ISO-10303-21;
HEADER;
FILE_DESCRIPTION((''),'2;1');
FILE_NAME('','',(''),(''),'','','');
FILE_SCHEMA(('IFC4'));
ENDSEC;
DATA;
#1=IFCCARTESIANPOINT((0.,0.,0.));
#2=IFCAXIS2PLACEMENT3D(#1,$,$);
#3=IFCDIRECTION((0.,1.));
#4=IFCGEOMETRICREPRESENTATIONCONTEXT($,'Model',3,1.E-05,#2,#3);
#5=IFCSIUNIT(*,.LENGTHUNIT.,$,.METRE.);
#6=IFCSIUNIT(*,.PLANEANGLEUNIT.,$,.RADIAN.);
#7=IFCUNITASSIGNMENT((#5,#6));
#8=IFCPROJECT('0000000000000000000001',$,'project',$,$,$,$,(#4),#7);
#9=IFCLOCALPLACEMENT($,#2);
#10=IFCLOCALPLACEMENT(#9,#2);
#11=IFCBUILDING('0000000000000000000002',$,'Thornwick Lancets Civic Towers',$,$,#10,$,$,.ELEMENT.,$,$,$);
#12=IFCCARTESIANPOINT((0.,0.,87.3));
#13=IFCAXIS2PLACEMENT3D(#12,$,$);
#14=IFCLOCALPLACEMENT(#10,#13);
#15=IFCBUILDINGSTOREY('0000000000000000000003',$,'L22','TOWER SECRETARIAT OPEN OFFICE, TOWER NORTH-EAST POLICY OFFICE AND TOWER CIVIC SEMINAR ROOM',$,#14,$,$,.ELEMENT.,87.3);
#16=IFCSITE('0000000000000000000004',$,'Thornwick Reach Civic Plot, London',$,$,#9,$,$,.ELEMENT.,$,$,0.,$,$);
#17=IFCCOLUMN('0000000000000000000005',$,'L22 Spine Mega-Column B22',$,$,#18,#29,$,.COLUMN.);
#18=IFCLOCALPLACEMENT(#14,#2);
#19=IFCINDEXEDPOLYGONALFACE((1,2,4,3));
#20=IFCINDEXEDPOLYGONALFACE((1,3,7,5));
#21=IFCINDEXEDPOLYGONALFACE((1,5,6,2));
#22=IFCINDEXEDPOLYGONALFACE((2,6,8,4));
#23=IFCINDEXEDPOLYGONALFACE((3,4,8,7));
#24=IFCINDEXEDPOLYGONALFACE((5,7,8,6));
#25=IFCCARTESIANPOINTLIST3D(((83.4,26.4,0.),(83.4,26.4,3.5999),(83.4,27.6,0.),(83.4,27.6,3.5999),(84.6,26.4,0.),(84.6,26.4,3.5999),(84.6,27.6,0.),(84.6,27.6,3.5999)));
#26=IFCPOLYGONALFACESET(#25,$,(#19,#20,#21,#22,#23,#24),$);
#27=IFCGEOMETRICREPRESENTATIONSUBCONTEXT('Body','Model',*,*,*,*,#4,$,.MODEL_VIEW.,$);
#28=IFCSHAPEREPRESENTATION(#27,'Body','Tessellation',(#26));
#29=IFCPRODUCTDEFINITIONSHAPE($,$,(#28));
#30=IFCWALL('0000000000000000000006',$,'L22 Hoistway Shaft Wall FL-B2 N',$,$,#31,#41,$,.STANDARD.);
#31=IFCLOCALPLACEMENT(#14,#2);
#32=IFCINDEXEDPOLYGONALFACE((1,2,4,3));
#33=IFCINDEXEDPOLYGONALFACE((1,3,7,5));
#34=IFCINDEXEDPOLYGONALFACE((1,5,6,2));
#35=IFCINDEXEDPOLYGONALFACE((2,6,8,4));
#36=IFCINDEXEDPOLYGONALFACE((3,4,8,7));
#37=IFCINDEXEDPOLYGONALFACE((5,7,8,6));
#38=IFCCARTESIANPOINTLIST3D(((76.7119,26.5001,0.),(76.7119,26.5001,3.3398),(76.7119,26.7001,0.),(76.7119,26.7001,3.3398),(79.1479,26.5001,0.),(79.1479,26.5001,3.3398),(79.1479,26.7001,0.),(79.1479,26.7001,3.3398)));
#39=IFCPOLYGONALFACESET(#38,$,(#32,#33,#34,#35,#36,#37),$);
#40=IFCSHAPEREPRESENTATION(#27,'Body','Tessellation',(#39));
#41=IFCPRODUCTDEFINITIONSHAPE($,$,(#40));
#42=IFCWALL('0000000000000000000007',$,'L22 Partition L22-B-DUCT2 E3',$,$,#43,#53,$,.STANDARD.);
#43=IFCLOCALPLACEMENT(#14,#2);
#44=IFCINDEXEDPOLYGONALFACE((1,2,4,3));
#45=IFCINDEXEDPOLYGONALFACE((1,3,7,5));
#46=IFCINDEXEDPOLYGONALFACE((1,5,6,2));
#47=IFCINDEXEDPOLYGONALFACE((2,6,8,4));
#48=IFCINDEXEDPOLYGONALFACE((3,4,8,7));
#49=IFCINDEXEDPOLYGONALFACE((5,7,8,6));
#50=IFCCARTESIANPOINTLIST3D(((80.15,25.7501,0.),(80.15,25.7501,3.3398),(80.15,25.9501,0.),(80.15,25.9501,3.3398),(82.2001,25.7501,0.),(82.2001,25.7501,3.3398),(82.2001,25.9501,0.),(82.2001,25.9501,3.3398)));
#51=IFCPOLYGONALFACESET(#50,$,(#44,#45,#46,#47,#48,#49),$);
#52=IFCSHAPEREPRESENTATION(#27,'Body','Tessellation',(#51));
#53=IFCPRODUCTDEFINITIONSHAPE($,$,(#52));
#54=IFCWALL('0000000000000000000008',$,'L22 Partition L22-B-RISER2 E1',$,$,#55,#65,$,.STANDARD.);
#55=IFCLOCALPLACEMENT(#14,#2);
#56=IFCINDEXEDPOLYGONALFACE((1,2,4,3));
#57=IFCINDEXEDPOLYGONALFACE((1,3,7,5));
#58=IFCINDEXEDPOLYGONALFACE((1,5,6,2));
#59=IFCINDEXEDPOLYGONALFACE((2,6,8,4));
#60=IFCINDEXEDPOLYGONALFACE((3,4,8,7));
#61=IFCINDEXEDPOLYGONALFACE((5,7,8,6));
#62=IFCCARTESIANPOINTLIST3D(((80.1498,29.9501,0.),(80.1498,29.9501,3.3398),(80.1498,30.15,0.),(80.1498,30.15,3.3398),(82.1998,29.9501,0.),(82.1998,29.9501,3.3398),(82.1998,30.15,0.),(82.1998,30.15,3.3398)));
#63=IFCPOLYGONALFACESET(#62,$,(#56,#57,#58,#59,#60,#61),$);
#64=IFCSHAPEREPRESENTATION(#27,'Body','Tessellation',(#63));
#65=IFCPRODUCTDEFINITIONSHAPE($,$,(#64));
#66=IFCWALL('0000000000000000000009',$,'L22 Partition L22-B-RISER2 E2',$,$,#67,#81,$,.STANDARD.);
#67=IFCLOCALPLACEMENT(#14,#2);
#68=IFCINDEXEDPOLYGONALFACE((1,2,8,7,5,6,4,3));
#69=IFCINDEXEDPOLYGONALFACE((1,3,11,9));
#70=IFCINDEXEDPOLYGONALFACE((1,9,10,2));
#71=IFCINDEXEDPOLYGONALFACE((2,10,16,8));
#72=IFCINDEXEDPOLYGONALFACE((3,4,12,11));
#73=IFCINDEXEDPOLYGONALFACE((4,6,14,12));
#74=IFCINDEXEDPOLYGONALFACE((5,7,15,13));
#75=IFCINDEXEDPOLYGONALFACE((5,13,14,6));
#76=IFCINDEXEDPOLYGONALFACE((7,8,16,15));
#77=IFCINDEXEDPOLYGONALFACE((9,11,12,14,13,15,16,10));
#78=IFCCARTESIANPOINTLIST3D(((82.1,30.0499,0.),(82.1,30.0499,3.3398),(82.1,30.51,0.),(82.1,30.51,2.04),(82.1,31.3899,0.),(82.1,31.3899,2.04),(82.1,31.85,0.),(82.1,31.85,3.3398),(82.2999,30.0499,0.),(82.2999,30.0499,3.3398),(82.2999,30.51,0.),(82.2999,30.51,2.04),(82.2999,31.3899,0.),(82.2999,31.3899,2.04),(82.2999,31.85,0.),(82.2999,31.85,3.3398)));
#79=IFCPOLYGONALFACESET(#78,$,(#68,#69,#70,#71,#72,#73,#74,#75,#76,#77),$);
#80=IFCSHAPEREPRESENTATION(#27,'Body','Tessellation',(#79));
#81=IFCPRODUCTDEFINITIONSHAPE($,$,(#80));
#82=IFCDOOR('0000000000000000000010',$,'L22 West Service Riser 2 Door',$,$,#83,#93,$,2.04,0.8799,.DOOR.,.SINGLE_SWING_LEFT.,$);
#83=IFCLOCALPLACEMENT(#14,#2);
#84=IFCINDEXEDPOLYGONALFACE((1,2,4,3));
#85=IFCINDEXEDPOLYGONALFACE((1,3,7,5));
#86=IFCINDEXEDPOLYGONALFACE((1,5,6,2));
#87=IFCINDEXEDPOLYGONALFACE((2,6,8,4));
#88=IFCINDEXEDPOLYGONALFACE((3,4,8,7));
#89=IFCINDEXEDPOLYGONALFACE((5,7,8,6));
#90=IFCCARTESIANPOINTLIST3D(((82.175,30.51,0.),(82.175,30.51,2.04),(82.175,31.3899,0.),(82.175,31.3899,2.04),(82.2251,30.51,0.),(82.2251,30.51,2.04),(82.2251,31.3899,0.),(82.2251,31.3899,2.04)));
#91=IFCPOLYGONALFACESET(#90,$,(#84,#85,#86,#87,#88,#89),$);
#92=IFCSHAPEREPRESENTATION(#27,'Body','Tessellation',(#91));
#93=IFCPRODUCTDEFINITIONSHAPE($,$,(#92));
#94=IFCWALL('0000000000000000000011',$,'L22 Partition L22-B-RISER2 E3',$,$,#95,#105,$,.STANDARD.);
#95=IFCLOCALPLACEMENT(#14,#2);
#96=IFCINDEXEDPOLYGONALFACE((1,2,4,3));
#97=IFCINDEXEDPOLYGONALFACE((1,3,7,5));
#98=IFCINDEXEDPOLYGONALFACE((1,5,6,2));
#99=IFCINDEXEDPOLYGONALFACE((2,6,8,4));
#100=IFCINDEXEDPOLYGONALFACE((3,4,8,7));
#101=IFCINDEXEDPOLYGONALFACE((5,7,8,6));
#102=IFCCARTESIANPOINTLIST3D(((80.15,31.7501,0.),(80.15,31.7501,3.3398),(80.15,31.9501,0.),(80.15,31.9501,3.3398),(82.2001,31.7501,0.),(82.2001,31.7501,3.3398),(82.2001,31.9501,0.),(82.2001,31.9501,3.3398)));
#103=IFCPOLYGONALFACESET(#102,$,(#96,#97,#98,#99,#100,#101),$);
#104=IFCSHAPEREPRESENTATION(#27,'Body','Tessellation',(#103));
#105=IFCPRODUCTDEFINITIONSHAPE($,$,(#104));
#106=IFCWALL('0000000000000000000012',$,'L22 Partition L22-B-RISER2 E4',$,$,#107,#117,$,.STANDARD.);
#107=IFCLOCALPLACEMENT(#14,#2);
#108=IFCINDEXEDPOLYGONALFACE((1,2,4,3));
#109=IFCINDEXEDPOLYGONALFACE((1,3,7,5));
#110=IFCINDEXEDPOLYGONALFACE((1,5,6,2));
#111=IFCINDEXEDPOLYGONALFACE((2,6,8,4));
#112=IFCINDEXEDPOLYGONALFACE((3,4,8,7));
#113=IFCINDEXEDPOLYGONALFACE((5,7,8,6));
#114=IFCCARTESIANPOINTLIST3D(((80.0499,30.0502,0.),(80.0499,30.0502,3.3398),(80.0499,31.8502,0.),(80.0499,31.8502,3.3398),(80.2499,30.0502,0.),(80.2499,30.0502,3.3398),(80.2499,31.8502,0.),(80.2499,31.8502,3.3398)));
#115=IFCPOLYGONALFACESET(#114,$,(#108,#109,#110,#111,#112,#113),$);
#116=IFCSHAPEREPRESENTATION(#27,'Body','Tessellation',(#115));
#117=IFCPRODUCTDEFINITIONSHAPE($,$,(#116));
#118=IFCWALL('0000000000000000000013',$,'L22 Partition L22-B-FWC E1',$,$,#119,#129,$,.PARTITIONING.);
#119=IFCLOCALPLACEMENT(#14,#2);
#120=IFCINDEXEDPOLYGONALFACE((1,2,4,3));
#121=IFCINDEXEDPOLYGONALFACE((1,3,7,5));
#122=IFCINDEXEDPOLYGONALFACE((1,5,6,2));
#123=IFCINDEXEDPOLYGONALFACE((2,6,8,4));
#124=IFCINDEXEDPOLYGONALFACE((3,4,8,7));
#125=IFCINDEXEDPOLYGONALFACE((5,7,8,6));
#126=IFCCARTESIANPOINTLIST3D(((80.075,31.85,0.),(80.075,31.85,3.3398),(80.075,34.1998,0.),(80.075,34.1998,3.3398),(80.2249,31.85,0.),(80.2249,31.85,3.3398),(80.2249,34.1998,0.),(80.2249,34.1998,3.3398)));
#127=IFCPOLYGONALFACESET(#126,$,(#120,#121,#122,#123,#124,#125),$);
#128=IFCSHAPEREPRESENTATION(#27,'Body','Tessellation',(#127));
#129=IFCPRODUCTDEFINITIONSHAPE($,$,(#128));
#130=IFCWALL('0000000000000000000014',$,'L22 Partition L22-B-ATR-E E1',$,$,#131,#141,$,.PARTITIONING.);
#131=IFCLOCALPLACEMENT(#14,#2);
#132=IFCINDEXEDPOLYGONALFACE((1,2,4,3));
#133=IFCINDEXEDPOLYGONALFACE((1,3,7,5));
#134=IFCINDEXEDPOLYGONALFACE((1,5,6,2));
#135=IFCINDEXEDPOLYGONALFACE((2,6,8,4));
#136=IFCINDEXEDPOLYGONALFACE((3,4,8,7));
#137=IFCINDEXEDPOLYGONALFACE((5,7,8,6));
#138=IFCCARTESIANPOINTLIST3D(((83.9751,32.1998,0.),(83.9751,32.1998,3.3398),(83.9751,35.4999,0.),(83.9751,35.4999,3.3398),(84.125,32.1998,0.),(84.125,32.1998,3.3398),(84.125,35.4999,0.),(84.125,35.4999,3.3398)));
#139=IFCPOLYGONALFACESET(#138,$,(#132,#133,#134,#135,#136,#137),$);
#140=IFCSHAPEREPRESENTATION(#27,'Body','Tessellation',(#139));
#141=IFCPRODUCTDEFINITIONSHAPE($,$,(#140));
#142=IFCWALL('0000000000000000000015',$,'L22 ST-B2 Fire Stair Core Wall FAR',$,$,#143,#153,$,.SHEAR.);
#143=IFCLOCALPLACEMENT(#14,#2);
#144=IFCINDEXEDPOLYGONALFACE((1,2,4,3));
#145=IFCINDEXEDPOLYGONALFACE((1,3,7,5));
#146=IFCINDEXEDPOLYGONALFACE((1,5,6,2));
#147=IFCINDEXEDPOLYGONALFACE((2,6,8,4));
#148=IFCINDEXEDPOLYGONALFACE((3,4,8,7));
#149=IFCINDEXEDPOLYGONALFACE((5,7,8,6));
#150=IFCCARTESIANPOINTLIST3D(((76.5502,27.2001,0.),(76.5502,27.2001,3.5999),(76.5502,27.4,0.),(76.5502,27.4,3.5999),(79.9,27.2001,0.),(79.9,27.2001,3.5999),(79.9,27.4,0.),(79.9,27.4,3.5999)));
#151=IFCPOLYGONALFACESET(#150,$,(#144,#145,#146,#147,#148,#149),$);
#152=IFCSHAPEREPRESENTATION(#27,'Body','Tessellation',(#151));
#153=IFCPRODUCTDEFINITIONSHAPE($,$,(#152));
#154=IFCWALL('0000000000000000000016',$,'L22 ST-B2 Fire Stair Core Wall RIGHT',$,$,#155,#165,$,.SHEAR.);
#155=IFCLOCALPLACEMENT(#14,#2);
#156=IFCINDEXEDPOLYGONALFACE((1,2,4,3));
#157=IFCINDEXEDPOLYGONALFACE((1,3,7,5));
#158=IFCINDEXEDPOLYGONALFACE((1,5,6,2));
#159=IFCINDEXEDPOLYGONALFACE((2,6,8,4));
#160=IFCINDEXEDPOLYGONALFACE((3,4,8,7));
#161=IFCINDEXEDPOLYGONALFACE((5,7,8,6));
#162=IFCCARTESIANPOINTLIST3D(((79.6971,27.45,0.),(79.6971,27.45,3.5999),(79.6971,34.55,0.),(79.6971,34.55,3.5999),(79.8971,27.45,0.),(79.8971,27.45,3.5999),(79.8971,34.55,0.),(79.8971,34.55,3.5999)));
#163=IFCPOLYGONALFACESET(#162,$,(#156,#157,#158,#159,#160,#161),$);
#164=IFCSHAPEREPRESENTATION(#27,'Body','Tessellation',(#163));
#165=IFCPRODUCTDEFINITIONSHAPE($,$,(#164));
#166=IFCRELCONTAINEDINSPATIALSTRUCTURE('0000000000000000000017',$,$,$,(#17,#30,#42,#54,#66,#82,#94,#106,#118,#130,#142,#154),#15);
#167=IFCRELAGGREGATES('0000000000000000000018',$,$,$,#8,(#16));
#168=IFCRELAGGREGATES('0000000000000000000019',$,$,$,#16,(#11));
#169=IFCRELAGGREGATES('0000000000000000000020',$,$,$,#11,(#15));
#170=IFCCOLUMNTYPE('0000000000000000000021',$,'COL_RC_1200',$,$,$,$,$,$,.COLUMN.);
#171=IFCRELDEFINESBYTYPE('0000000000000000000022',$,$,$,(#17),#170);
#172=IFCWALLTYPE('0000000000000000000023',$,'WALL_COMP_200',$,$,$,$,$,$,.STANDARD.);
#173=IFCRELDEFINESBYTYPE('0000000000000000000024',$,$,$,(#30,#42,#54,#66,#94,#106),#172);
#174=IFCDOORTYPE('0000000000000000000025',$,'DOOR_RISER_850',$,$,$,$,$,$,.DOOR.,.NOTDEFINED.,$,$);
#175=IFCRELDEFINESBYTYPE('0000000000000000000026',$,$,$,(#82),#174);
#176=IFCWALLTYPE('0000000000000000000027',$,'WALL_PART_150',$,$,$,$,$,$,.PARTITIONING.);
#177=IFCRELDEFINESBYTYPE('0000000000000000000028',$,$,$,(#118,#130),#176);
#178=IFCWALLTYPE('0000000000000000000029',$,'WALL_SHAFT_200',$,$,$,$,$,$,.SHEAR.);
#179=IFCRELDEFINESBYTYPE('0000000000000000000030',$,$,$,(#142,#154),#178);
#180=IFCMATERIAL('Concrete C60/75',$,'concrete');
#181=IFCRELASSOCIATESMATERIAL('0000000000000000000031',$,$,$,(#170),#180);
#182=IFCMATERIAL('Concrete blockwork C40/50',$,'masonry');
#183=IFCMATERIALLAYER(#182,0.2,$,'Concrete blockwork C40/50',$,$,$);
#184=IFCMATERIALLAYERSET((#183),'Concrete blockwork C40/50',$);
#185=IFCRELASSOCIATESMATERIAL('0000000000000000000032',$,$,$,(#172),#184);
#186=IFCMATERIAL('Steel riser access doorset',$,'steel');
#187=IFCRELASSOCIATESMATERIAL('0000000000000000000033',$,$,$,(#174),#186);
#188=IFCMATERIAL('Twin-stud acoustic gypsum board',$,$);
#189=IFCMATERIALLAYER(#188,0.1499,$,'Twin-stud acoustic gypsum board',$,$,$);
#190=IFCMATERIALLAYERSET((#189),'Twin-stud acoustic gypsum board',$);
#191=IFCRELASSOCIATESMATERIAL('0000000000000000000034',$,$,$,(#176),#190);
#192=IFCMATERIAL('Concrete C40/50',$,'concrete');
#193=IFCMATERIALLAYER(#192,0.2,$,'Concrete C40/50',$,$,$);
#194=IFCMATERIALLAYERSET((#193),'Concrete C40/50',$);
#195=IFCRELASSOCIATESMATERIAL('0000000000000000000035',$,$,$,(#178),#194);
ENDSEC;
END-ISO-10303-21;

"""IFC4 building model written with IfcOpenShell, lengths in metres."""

from ifc_helpers import new_model, si_unit, direction, frame, frame_2d, origin, origin_2d, place, context, subcontext, project, spatial, rectangle, extrude, material, layer, layer_set, material_profile, profile_set, type_object, element, fill, save


model = new_model("IFC4")

# Units and contexts
model_context = context("Model", 3, precision=1e-05, world=origin(), true_north=direction((0.0, 1.0)))
body_context = subcontext(model_context, "Body", "Model", "MODEL_VIEW")
ifc_project = project(units=[si_unit("LENGTHUNIT", "METRE"), si_unit("PLANEANGLEUNIT", "RADIAN")], contexts=[model_context])

# Site, building, storey
site_placement = place(None, origin())
site = spatial("IfcSite", under=ifc_project, at=site_placement, Name="Thornwick Reach Civic Plot, London", CompositionType="ELEMENT", RefElevation=0.0)
building_placement = place(site_placement, origin())
building = spatial("IfcBuilding", under=site, at=building_placement, Name="Thornwick Lancets Civic Towers", CompositionType="ELEMENT")
storey_placement = place(building_placement, frame((0.0, 0.0, 87.3)))
storey = spatial("IfcBuildingStorey", under=building, at=storey_placement, Name="L22", Description="TOWER SECRETARIAT OPEN OFFICE, TOWER NORTH-EAST POLICY OFFICE AND TOWER CIVIC SEMINAR ROOM", CompositionType="ELEMENT", Elevation=87.3)

# Column
ifc_material_1 = material(Name="Concrete C60/75", Category="concrete")
ifc_material_profile = material_profile(ifc_material_1, rectangle(XDim=1.2, YDim=1.2, at=origin_2d()), Name="RC 1200x1200")
ifc_profile_set = profile_set([ifc_material_profile], Name="Concrete C60/75")
column_type = type_object("IfcColumnType", Name="COL_RC_1200", PredefinedType="COLUMN", material=ifc_profile_set)
column_placement = place(storey_placement, frame((84.0, 27.0, 0.0), z_axis=(0.0, 0.0, 1.0), x_axis=(1.0, 0.0, 0.0)))
element("IfcColumn", 1, at=column_placement, inside=storey, type_object=column_type, Name="L22 Spine Mega-Column B22", PredefinedType="COLUMN", context=body_context, shape_type="SweptSolid", body=[
    extrude(rectangle(XDim=1.2, YDim=1.2, at=origin_2d()), origin(), (0.0, 0.0, 1.0), 3.5999),
])

# Walls
ifc_material_2 = material(Name="Concrete blockwork C40/50", Category="masonry")
ifc_layer_1 = layer(ifc_material_2, 0.2, Name="Concrete blockwork C40/50")
ifc_layer_set_1 = layer_set([ifc_layer_1], Name="Concrete blockwork C40/50")
wall_type_1 = type_object("IfcWallType", Name="WALL_COMP_200", PredefinedType="STANDARD", material=ifc_layer_set_1)
wall_1_placement = place(storey_placement, frame((76.7119, 26.6001, 0.0), z_axis=(0.0, 0.0, 1.0), x_axis=(1.0, 0.0, 0.0)))
element("IfcWall", 2, at=wall_1_placement, inside=storey, type_object=wall_type_1, Name="L22 Hoistway Shaft Wall FL-B2 N", PredefinedType="STANDARD", context=body_context, shape_type="SweptSolid", body=[
    extrude(rectangle(XDim=2.436, YDim=0.2, at=frame_2d((1.218, 0.0))), origin(), (0.0, 0.0, 1.0), 3.3398),
])
for number, where, z_axis, x_axis, name in (
    (3, (82.2, 25.8501, 0.0), (0.0, 0.0, 1.0), (-1.0, 0.0, 0.0), "L22 Partition L22-B-DUCT2 E3"),
    (4, (80.1499, 30.05, 0.0), (0.0, 0.0, 1.0), (1.0, 0.0, 0.0), "L22 Partition L22-B-RISER2 E1"),
):
    element("IfcWall", number, at=place(storey_placement, frame(where, z_axis=z_axis, x_axis=x_axis)), inside=storey, type_object=wall_type_1, Name=name, PredefinedType="STANDARD", context=body_context, shape_type="SweptSolid", body=[
        extrude(rectangle(XDim=2.05, YDim=0.2, at=frame_2d((1.0249, 0.0))), origin(), (0.0, 0.0, 1.0), 3.3398),
    ])

# Wall, opening, door
wall_2_placement = place(storey_placement, frame((82.2, 30.05, 0.0), z_axis=(0.0, 0.0, 1.0), x_axis=(0.0, 1.0, 0.0)))
wall_2 = element("IfcWall", 5, at=wall_2_placement, inside=storey, type_object=wall_type_1, Name="L22 Partition L22-B-RISER2 E2", PredefinedType="STANDARD", context=body_context, shape_type="SweptSolid", body=[
    extrude(rectangle(XDim=1.8, YDim=0.2, at=frame_2d((0.8999, 0.0))), origin(), (0.0, 0.0, 1.0), 3.3398),
])
opening_placement = place(wall_2_placement, frame((0.46, 0.0, 0.0)))
opening = element("IfcOpeningElement", 6, at=opening_placement, cuts=wall_2, PredefinedType="OPENING", context=body_context, shape_type="SweptSolid", body=[
    extrude(rectangle(XDim=0.8799, YDim=2.04, at=frame_2d((0.4399, 1.02))), frame((0.0, 0.1099, 0.0), z_axis=(0.0, -1.0, 0.0), x_axis=(1.0, 0.0, 0.0)), (0.0, 0.0, 1.0), 0.22),
])
ifc_material_3 = material(Name="Steel riser access doorset", Category="steel")
door_type = type_object("IfcDoorType", Name="DOOR_RISER_850", OperationType="NOTDEFINED", PredefinedType="DOOR", material=ifc_material_3)
door_placement = place(opening_placement, origin())
door = element("IfcDoor", 7, at=door_placement, inside=storey, type_object=door_type, Name="L22 West Service Riser 2 Door", OperationType="SINGLE_SWING_LEFT", OverallHeight=2.04, OverallWidth=0.8799, PredefinedType="DOOR", context=body_context, shape_type="SweptSolid", body=[
    extrude(rectangle(XDim=0.8799, YDim=2.04, at=frame_2d((0.4399, 1.02))), frame((0.0, 0.0249, 0.0), z_axis=(0.0, -1.0, 0.0), x_axis=(1.0, 0.0, 0.0)), (0.0, 0.0, 1.0), 0.05),
])
fill(opening, door)

# Walls
wall_3_placement = place(storey_placement, frame((82.2, 31.8501, 0.0), z_axis=(0.0, 0.0, 1.0), x_axis=(-1.0, 0.0, 0.0)))
element("IfcWall", 8, at=wall_3_placement, inside=storey, type_object=wall_type_1, Name="L22 Partition L22-B-RISER2 E3", PredefinedType="STANDARD", context=body_context, shape_type="SweptSolid", body=[
    extrude(rectangle(XDim=2.05, YDim=0.2, at=frame_2d((1.0249, 0.0))), origin(), (0.0, 0.0, 1.0), 3.3398),
])
wall_4_placement = place(storey_placement, frame((80.1499, 31.8501, 0.0), z_axis=(0.0, 0.0, 1.0), x_axis=(0.0, -1.0, 0.0)))
element("IfcWall", 9, at=wall_4_placement, inside=storey, type_object=wall_type_1, Name="L22 Partition L22-B-RISER2 E4", PredefinedType="STANDARD", context=body_context, shape_type="SweptSolid", body=[
    extrude(rectangle(XDim=1.8, YDim=0.2, at=frame_2d((0.8999, 0.0))), origin(), (0.0, 0.0, 1.0), 3.3398),
])
ifc_material_4 = material(Name="Twin-stud acoustic gypsum board")
ifc_layer_2 = layer(ifc_material_4, 0.1499, Name="Twin-stud acoustic gypsum board")
ifc_layer_set_2 = layer_set([ifc_layer_2], Name="Twin-stud acoustic gypsum board")
wall_type_2 = type_object("IfcWallType", Name="WALL_PART_150", PredefinedType="PARTITIONING", material=ifc_layer_set_2)
wall_5_placement = place(storey_placement, frame((80.1499, 31.8501, 0.0), z_axis=(0.0, 0.0, 1.0), x_axis=(0.0, 1.0, 0.0)))
element("IfcWall", 10, at=wall_5_placement, inside=storey, type_object=wall_type_2, Name="L22 Partition L22-B-FWC E1", PredefinedType="PARTITIONING", context=body_context, shape_type="SweptSolid", body=[
    extrude(rectangle(XDim=2.3499, YDim=0.1499, at=frame_2d((1.1748, 0.0))), origin(), (0.0, 0.0, 1.0), 3.3398),
])
wall_6_placement = place(storey_placement, frame((84.05, 32.2, 0.0), z_axis=(0.0, 0.0, 1.0), x_axis=(0.0, 1.0, 0.0)))
element("IfcWall", 11, at=wall_6_placement, inside=storey, type_object=wall_type_2, Name="L22 Partition L22-B-ATR-E E1", PredefinedType="PARTITIONING", context=body_context, shape_type="SweptSolid", body=[
    extrude(rectangle(XDim=3.3, YDim=0.1499, at=frame_2d((1.6499, 0.0))), origin(), (0.0, 0.0, 1.0), 3.3398),
])
ifc_material_5 = material(Name="Concrete C40/50", Category="concrete")
ifc_layer_3 = layer(ifc_material_5, 0.2, Name="Concrete C40/50")
ifc_layer_set_3 = layer_set([ifc_layer_3], Name="Concrete C40/50")
wall_type_3 = type_object("IfcWallType", Name="WALL_SHAFT_200", PredefinedType="SHEAR", material=ifc_layer_set_3)
wall_7_placement = place(storey_placement, frame((79.8999, 27.3, 0.0), z_axis=(0.0, 0.0, 1.0), x_axis=(-1.0, 0.0, 0.0)))
element("IfcWall", 12, at=wall_7_placement, inside=storey, type_object=wall_type_3, Name="L22 ST-B2 Fire Stair Core Wall FAR", PredefinedType="SHEAR", context=body_context, shape_type="SweptSolid", body=[
    extrude(rectangle(XDim=3.3499, YDim=0.2, at=frame_2d((1.6748, 0.0))), origin(), (0.0, 0.0, 1.0), 3.5999),
])
wall_8_placement = place(storey_placement, frame((79.7971, 27.45, 0.0), z_axis=(0.0, 0.0, 1.0), x_axis=(0.0, 1.0, 0.0)))
element("IfcWall", 13, at=wall_8_placement, inside=storey, type_object=wall_type_3, Name="L22 ST-B2 Fire Stair Core Wall RIGHT", PredefinedType="SHEAR", context=body_context, shape_type="SweptSolid", body=[
    extrude(rectangle(XDim=7.1001, YDim=0.2, at=frame_2d((3.55, 0.0))), origin(), (0.0, 0.0, 1.0), 3.5999),
])

save(model, "model.ifc")
